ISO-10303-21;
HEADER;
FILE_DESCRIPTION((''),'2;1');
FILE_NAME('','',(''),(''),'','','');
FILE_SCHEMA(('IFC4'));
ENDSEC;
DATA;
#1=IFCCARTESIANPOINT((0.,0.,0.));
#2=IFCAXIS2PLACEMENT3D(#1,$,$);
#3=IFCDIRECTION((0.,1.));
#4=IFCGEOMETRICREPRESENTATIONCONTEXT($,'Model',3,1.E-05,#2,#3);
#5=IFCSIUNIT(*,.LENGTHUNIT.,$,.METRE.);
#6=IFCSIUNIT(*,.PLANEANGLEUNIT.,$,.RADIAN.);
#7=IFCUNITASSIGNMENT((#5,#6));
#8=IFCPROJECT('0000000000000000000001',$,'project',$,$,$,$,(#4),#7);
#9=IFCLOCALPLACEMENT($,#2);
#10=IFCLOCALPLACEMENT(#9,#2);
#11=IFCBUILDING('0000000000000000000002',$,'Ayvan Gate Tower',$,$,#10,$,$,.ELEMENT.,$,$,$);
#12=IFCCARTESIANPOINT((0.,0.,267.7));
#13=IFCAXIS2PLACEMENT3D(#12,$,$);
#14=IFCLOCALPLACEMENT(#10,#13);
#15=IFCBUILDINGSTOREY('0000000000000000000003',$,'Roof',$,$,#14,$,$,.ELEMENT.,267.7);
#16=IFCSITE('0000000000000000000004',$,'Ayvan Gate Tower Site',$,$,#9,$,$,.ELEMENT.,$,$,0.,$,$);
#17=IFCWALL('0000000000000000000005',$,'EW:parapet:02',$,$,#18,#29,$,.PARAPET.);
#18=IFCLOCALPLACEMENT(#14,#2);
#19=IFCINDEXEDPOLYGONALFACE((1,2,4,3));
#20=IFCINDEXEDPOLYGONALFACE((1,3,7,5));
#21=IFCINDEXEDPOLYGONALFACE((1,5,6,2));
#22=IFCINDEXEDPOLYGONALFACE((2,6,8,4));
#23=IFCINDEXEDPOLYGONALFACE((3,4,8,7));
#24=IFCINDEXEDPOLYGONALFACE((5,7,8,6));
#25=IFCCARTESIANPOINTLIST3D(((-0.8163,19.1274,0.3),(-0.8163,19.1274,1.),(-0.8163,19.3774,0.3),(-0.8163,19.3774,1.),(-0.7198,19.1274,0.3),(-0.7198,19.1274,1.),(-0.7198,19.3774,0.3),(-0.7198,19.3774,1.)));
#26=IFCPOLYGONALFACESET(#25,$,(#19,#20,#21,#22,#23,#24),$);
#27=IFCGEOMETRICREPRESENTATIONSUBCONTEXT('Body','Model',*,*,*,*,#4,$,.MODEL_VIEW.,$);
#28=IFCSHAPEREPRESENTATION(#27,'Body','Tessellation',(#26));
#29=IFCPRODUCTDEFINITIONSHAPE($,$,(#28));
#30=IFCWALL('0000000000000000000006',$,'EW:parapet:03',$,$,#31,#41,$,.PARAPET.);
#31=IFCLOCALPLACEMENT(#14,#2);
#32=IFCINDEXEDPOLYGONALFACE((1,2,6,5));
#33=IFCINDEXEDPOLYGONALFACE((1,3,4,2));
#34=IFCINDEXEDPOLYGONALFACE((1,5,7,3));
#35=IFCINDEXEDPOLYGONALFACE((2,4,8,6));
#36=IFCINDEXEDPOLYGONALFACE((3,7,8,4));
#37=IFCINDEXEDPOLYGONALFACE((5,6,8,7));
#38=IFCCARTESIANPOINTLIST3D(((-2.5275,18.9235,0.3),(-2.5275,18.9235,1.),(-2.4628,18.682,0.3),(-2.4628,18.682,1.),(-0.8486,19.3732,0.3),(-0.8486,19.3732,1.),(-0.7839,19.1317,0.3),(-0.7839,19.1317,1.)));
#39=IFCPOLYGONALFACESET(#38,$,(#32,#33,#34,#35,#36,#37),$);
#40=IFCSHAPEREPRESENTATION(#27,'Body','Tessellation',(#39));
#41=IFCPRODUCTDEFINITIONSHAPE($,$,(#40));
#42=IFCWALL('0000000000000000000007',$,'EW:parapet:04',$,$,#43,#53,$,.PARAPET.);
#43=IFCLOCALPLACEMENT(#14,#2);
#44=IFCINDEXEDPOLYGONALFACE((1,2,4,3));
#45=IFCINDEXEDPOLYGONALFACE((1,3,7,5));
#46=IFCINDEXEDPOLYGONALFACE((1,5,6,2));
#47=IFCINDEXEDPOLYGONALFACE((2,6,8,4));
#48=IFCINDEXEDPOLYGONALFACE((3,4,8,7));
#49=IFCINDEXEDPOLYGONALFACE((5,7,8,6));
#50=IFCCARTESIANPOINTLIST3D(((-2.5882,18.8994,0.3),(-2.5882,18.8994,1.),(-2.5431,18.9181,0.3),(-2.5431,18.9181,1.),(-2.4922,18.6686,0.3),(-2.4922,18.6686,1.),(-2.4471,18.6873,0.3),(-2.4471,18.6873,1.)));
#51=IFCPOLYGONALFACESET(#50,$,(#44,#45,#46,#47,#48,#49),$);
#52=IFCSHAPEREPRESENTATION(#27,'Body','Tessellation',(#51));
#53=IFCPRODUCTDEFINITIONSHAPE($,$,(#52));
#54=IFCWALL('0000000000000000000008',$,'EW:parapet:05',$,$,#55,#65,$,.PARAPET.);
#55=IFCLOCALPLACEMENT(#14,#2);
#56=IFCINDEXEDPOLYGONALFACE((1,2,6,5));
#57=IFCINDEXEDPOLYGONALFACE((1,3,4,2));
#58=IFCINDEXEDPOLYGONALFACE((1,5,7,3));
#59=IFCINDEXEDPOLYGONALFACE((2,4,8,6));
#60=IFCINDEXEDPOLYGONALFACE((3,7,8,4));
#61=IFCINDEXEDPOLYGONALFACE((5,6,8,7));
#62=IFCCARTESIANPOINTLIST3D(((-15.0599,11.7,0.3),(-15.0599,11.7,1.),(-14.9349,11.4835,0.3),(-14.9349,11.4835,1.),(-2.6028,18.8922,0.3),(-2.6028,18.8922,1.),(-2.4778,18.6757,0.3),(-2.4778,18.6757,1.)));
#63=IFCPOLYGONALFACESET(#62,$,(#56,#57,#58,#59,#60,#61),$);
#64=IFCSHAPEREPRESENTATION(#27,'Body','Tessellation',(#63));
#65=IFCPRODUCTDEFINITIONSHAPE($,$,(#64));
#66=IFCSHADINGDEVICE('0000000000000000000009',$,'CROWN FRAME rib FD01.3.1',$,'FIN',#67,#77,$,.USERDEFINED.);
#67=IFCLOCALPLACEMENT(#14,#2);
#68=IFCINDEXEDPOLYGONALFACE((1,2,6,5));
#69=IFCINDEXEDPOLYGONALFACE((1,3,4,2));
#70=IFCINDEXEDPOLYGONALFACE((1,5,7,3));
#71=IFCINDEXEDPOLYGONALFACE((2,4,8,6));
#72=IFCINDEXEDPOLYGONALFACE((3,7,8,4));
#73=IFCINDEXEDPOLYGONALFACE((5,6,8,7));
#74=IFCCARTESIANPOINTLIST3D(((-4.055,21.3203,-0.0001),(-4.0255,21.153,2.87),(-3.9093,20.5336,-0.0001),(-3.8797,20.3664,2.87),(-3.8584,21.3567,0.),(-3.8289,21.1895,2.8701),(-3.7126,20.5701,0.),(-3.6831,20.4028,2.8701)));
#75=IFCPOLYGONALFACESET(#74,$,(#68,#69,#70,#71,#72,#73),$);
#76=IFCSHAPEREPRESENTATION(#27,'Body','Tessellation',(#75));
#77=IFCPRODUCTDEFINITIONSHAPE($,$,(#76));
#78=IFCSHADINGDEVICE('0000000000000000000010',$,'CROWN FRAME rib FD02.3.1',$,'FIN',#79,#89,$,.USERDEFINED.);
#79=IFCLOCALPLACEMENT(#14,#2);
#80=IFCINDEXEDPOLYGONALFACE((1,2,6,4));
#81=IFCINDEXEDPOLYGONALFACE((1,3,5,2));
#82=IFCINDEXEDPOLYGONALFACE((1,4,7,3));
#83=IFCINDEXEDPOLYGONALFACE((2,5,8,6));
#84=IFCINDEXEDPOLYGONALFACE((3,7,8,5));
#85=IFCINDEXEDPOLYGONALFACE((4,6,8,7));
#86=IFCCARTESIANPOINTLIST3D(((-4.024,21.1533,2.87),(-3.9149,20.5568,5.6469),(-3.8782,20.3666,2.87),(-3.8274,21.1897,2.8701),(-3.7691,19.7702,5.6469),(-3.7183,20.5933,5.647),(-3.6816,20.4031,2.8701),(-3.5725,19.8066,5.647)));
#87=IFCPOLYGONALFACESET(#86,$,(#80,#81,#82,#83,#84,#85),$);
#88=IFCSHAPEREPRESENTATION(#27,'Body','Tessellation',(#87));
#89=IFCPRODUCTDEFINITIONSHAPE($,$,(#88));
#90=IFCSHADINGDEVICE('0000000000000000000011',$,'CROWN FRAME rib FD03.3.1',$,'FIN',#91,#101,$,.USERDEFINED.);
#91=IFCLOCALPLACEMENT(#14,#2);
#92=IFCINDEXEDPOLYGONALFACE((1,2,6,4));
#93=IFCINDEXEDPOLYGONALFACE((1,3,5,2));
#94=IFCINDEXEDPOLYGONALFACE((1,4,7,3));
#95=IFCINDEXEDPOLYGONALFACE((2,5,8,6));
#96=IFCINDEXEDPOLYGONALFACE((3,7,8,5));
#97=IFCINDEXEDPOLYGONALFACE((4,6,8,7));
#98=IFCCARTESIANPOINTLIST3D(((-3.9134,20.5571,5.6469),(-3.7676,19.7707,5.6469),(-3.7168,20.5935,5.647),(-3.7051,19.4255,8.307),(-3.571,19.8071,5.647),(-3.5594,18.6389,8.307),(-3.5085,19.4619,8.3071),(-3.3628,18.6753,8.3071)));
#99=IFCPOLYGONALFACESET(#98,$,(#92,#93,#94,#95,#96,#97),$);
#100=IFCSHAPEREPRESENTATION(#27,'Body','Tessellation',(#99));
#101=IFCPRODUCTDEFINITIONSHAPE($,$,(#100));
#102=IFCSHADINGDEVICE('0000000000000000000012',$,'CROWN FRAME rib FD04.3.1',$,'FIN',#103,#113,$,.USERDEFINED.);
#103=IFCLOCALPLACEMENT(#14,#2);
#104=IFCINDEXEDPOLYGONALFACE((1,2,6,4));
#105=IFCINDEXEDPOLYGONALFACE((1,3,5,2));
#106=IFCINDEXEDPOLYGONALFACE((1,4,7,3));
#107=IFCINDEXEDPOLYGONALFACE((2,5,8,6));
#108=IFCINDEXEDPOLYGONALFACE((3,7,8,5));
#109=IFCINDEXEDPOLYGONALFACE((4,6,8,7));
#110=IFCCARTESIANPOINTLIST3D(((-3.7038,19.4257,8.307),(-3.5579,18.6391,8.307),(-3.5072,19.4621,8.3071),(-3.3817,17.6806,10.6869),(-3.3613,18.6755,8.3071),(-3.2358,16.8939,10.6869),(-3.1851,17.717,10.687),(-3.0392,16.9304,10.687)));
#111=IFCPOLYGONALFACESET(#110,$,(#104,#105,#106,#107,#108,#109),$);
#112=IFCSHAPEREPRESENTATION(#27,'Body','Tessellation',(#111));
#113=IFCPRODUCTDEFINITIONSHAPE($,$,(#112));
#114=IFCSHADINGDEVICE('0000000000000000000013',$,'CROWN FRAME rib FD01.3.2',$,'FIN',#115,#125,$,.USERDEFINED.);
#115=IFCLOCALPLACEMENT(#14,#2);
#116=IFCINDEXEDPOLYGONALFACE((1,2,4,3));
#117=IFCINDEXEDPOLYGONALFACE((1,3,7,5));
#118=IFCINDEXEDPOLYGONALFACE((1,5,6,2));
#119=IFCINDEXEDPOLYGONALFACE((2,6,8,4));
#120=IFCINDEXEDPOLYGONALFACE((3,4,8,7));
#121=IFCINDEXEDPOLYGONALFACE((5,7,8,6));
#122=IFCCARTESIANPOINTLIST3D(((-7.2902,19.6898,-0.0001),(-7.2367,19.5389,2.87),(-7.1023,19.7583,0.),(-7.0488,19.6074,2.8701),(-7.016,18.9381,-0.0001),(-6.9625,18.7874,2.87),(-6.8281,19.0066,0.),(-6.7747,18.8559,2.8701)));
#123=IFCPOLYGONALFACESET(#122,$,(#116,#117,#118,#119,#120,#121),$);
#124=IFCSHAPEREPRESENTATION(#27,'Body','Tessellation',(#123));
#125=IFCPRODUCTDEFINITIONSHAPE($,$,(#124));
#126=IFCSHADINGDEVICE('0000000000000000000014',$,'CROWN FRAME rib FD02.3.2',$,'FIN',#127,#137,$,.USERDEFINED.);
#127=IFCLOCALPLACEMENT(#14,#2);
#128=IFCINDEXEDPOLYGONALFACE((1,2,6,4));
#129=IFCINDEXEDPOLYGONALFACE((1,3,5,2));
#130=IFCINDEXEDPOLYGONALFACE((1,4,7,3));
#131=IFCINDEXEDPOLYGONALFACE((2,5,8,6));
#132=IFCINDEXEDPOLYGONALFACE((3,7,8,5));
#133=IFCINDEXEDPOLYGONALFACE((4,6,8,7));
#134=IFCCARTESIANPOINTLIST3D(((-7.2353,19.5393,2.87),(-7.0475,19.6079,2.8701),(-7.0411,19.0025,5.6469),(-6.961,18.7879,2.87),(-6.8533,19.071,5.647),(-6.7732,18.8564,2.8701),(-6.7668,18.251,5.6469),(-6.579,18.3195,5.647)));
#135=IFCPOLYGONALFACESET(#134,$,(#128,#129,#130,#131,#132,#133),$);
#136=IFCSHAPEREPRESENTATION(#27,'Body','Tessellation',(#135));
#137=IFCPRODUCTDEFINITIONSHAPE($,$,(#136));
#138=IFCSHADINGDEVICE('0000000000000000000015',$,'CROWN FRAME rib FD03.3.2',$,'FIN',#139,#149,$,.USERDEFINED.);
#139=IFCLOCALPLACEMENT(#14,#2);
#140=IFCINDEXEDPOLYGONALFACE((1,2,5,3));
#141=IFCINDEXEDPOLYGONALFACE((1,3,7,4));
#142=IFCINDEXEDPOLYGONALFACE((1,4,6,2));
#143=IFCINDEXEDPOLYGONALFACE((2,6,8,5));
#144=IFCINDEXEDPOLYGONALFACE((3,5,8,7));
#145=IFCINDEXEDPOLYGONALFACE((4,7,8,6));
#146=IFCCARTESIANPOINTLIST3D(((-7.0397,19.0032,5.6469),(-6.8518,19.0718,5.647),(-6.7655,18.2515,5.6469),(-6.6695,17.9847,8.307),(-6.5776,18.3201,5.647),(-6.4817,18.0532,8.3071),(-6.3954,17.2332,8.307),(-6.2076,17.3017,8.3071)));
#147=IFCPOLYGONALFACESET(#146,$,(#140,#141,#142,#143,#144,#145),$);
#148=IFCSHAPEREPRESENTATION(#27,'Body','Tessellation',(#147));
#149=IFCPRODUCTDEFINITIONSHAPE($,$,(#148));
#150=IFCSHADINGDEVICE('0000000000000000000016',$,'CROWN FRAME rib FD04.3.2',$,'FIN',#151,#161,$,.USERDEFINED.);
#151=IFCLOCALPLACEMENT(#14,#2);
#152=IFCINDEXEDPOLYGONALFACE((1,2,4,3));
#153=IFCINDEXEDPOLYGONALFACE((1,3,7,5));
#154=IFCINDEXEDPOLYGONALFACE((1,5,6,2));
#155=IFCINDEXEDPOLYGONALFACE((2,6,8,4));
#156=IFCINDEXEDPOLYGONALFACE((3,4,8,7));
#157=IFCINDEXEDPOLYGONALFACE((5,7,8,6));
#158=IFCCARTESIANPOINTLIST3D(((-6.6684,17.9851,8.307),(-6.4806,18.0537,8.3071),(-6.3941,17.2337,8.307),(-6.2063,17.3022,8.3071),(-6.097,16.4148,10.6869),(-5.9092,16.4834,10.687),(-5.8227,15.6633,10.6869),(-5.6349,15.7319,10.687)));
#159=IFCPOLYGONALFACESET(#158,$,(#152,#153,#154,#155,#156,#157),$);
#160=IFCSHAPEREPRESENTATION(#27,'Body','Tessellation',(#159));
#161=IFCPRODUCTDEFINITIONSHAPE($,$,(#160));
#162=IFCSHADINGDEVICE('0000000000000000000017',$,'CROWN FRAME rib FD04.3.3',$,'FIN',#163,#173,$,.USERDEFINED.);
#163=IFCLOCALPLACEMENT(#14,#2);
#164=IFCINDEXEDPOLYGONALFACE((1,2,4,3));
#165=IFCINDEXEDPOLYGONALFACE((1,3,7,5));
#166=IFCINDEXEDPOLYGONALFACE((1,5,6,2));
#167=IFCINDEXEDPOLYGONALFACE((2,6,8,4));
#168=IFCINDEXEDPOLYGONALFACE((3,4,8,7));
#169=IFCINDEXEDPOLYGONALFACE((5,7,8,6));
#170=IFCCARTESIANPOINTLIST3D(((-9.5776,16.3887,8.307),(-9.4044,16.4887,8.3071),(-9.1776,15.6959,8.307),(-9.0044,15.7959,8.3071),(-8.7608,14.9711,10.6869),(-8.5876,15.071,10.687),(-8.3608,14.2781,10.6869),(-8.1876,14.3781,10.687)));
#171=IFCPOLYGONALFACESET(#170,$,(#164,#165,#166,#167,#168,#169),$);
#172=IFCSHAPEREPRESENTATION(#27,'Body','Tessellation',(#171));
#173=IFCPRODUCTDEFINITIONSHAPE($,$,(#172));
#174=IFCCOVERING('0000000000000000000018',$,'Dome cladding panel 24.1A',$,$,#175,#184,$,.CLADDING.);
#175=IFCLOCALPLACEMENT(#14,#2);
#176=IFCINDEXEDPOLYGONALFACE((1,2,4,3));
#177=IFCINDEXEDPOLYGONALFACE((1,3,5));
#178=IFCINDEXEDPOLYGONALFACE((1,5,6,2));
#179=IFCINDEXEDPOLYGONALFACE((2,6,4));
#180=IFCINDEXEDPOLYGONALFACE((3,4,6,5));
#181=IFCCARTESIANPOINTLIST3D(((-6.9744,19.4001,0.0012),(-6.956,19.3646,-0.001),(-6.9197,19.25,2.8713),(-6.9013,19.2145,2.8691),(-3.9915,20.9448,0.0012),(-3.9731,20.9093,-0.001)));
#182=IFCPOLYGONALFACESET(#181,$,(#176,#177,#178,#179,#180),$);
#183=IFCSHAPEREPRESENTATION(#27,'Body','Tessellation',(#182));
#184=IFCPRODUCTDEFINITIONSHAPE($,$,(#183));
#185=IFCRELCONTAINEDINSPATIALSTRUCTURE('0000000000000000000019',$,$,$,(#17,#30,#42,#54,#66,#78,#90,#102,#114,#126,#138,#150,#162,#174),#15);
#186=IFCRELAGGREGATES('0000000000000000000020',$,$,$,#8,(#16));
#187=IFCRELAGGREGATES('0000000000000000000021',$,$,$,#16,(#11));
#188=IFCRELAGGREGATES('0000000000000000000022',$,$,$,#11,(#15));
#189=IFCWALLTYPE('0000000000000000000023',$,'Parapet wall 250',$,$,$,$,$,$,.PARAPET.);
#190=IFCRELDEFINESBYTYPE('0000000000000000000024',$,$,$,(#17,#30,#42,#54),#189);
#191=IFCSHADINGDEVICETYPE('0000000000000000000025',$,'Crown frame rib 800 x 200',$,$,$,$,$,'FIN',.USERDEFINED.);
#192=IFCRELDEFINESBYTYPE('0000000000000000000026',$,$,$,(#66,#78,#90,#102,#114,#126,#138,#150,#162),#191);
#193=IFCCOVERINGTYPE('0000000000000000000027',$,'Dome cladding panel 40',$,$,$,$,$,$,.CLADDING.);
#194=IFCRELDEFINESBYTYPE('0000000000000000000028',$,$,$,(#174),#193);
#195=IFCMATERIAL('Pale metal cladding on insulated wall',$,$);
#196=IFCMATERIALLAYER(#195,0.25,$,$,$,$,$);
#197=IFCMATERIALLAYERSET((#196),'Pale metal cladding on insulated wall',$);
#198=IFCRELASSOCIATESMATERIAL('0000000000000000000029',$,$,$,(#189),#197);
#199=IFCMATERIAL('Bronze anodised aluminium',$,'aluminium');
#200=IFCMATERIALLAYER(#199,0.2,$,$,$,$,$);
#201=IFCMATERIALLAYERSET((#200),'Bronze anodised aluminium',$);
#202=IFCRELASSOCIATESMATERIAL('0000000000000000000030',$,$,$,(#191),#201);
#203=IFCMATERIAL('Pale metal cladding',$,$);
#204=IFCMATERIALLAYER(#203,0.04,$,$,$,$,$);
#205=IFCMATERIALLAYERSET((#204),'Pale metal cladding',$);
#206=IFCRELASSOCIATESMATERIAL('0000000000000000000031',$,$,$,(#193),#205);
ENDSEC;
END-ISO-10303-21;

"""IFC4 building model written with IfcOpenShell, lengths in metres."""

from ifc_helpers import new_model, si_unit, direction, frame, frame_2d, origin, place, context, subcontext, project, spatial, polyline, rectangle, outline, extrude, material, layer, layer_set, type_object, element, save


model = new_model("IFC4")

# Units and contexts
model_context = context("Model", 3, precision=1e-05, world=origin(), true_north=direction((0.0, 1.0)))
body_context = subcontext(model_context, "Body", "Model", "MODEL_VIEW")
ifc_project = project(units=[si_unit("LENGTHUNIT", "METRE"), si_unit("PLANEANGLEUNIT", "RADIAN")], contexts=[model_context])

# Site, building, storey
site_placement = place(None, origin())
site = spatial("IfcSite", under=ifc_project, at=site_placement, Name="Ayvan Gate Tower Site", CompositionType="ELEMENT", RefElevation=0.0)
building_placement = place(site_placement, origin())
building = spatial("IfcBuilding", under=site, at=building_placement, Name="Ayvan Gate Tower", CompositionType="ELEMENT")
storey_placement = place(building_placement, frame((0.0, 0.0, 267.7)))
storey = spatial("IfcBuildingStorey", under=building, at=storey_placement, Name="Roof", CompositionType="ELEMENT", Elevation=267.7)

# Walls
ifc_material_1 = material(Name="Pale metal cladding on insulated wall")
ifc_layer_1 = layer(ifc_material_1, 0.25)
ifc_layer_set_1 = layer_set([ifc_layer_1], Name="Pale metal cladding on insulated wall")
wall_type = type_object("IfcWallType", Name="Parapet wall 250", PredefinedType="PARAPET", material=ifc_layer_set_1)
wall_1_placement = place(storey_placement, frame((-0.7197, 19.2524, 0.3), z_axis=(0.0, 0.0, 1.0), x_axis=(-1.0, 0.0, 0.0)))
element("IfcWall", 1, at=wall_1_placement, inside=storey, type_object=wall_type, Name="EW:parapet:02", PredefinedType="PARAPET", context=body_context, shape_type="SweptSolid", body=[
    extrude(rectangle(XDim=0.0964, YDim=0.25, at=frame_2d((0.0483, 0.0))), origin(), (0.0, 0.0, 1.0), 0.7),
])
wall_2_placement = place(storey_placement, frame((-0.8162, 19.2524, 0.3), z_axis=(0.0, 0.0, 1.0), x_axis=(-0.96595, -0.258729, 0.0)))
element("IfcWall", 2, at=wall_2_placement, inside=storey, type_object=wall_type, Name="EW:parapet:03", PredefinedType="PARAPET", context=body_context, shape_type="SweptSolid", body=[
    extrude(rectangle(XDim=1.738, YDim=0.25, at=frame_2d((0.8691, 0.0))), origin(), (0.0, 0.0, 1.0), 0.7),
])
wall_3_placement = place(storey_placement, frame((-2.4951, 18.8027, 0.3), z_axis=(0.0, 0.0, 1.0), x_axis=(-0.923225, -0.384261, 0.0)))
element("IfcWall", 3, at=wall_3_placement, inside=storey, type_object=wall_type, Name="EW:parapet:04", PredefinedType="PARAPET", context=body_context, shape_type="SweptSolid", body=[
    extrude(rectangle(XDim=0.0488, YDim=0.25, at=frame_2d((0.0244, 0.0))), origin(), (0.0, 0.0, 1.0), 0.7),
])
wall_4_placement = place(storey_placement, frame((-2.5403, 18.7839, 0.3), z_axis=(0.0, 0.0, 1.0), x_axis=(-0.866023, -0.500004, 0.0)))
element("IfcWall", 4, at=wall_4_placement, inside=storey, type_object=wall_type, Name="EW:parapet:05", PredefinedType="PARAPET", context=body_context, shape_type="SweptSolid", body=[
    extrude(rectangle(XDim=14.3843, YDim=0.25, at=frame_2d((7.1921, 0.0))), origin(), (0.0, 0.0, 1.0), 0.7),
])

# Shading devices
ifc_material_2 = material(Name="Bronze anodised aluminium", Category="aluminium")
ifc_layer_2 = layer(ifc_material_2, 0.2)
ifc_layer_set_2 = layer_set([ifc_layer_2], Name="Bronze anodised aluminium")
shading_device_type = type_object("IfcShadingDeviceType", Name="Crown frame rib 800 x 200", ElementType="FIN", PredefinedType="USERDEFINED", material=ifc_layer_set_2)
shading_device_1_placement = place(storey_placement, frame((-3.7126, 20.5701, 0.0), z_axis=(0.983264, 0.182188, 0.000495), x_axis=(-0.182188, 0.983264, 0.0)))
element("IfcShadingDevice", 5, at=shading_device_1_placement, inside=storey, type_object=shading_device_type, Name="CROWN FRAME rib FD01.3.1", ObjectType="FIN", PredefinedType="USERDEFINED", context=body_context, shape_type="SweptSolid", body=[
    extrude(outline(polyline([(0.0, 0.0), (0.8, 0.0), (0.6302, 2.8701), (-0.1698, 2.8701), (0.0, 0.0)])), origin(), (0.0, 0.0, -1.0), 0.2),
])
shading_device_2_placement = place(storey_placement, frame((-3.6816, 20.4031, 2.8701), z_axis=(0.983264, 0.182188, 0.000489), x_axis=(-0.182188, 0.983264, 0.0)))
element("IfcShadingDevice", 6, at=shading_device_2_placement, inside=storey, type_object=shading_device_type, Name="CROWN FRAME rib FD02.3.1", ObjectType="FIN", PredefinedType="USERDEFINED", context=body_context, shape_type="SweptSolid", body=[
    extrude(outline(polyline([(0.0, 0.0), (0.8, 0.0), (0.1937, 2.7769), (-0.6063, 2.7769), (0.0, 0.0)])), origin(), (0.0, 0.0, -1.0), 0.2),
])
shading_device_3_placement = place(storey_placement, frame((-3.571, 19.8071, 5.647), z_axis=(0.983259, 0.182215, 0.000545), x_axis=(-0.182215, 0.983259, 0.0)))
element("IfcShadingDevice", 7, at=shading_device_3_placement, inside=storey, type_object=shading_device_type, Name="CROWN FRAME rib FD03.3.1", ObjectType="FIN", PredefinedType="USERDEFINED", context=body_context, shape_type="SweptSolid", body=[
    extrude(outline(polyline([(0.0, 0.0), (0.7998, 0.0), (-0.3508, 2.6602), (-1.1508, 2.6602), (0.0, 0.0)])), origin(), (0.0, 0.0, -1.0), 0.2),
])
shading_device_4_placement = place(storey_placement, frame((-3.3613, 18.6755, 8.3071), z_axis=(0.983236, 0.182335, 0.00061), x_axis=(-0.182335, 0.983236, 0.0)))
element("IfcShadingDevice", 8, at=shading_device_4_placement, inside=storey, type_object=shading_device_type, Name="CROWN FRAME rib FD04.3.1", ObjectType="FIN", PredefinedType="USERDEFINED", context=body_context, shape_type="SweptSolid", body=[
    extrude(outline(polyline([(0.0, 0.0), (0.8, 0.0), (-0.9746, 2.3799), (-1.7746, 2.3799), (0.0, 0.0)])), origin(), (0.0, 0.0, -1.0), 0.2),
])
shading_device_5_placement = place(storey_placement, frame((-6.8281, 19.0066, 0.0), z_axis=(0.939445, 0.342698, 0.0005), x_axis=(-0.342698, 0.939445, 0.0)))
element("IfcShadingDevice", 9, at=shading_device_5_placement, inside=storey, type_object=shading_device_type, Name="CROWN FRAME rib FD01.3.2", ObjectType="FIN", PredefinedType="USERDEFINED", context=body_context, shape_type="SweptSolid", body=[
    extrude(outline(polyline([(0.0, 0.0), (0.8001, 0.0), (0.6401, 2.8701), (-0.1598, 2.8701), (0.0, 0.0)])), origin(), (0.0, 0.0, -1.0), 0.2),
])
shading_device_6_placement = place(storey_placement, frame((-6.7732, 18.8564, 2.8701), z_axis=(0.939378, 0.342882, 0.000591), x_axis=(-0.342882, 0.939378, 0.0)))
element("IfcShadingDevice", 10, at=shading_device_6_placement, inside=storey, type_object=shading_device_type, Name="CROWN FRAME rib FD02.3.2", ObjectType="FIN", PredefinedType="USERDEFINED", context=body_context, shape_type="SweptSolid", body=[
    extrude(outline(polyline([(0.0, 0.0), (0.7999, 0.0), (0.229, 2.7769), (-0.571, 2.7769), (0.0, 0.0)])), origin(), (0.0, 0.0, -1.0), 0.2),
])
shading_device_7_placement = place(storey_placement, frame((-6.5776, 18.3201, 5.647), z_axis=(0.939445, 0.342698, 0.000493), x_axis=(-0.342698, 0.939445, 0.0)))
element("IfcShadingDevice", 11, at=shading_device_7_placement, inside=storey, type_object=shading_device_type, Name="CROWN FRAME rib FD03.3.2", ObjectType="FIN", PredefinedType="USERDEFINED", context=body_context, shape_type="SweptSolid", body=[
    extrude(outline(polyline([(0.0, 0.0), (0.8001, 0.0), (-0.2836, 2.6602), (-1.0835, 2.6602), (0.0, 0.0)])), origin(), (0.0, 0.0, -1.0), 0.2),
])
shading_device_8_placement = place(storey_placement, frame((-6.2063, 17.3022, 8.3071), z_axis=(0.939378, 0.342882, 0.000698), x_axis=(-0.342882, 0.939378, 0.0)))
element("IfcShadingDevice", 12, at=shading_device_8_placement, inside=storey, type_object=shading_device_type, Name="CROWN FRAME rib FD04.3.2", ObjectType="FIN", PredefinedType="USERDEFINED", context=body_context, shape_type="SweptSolid", body=[
    extrude(outline(polyline([(0.0, 0.0), (0.7999, 0.0), (-0.8711, 2.3799), (-1.6711, 2.3799), (0.0, 0.0)])), origin(), (0.0, 0.0, -1.0), 0.2),
])
shading_device_9_placement = place(storey_placement, frame((-9.0044, 15.7959, 8.3071), z_axis=(0.866028, 0.499995, 0.000634), x_axis=(-0.499995, 0.866028, 0.0)))
element("IfcShadingDevice", 13, at=shading_device_9_placement, inside=storey, type_object=shading_device_type, Name="CROWN FRAME rib FD04.3.3", ObjectType="FIN", PredefinedType="USERDEFINED", context=body_context, shape_type="SweptSolid", body=[
    extrude(outline(polyline([(0.0, 0.0), (0.8, 0.0), (-0.8361, 2.3799), (-1.6362, 2.3799), (0.0, 0.0)])), origin(), (0.0, 0.0, -1.0), 0.2),
])

# Covering
ifc_material_3 = material(Name="Pale metal cladding")
ifc_layer_3 = layer(ifc_material_3, 0.04)
ifc_layer_set_3 = layer_set([ifc_layer_3], Name="Pale metal cladding")
covering_type = type_object("IfcCoveringType", Name="Dome cladding panel 40", PredefinedType="CLADDING", material=ifc_layer_set_3)
covering_1_placement = place(storey_placement, frame((-3.9915, 20.9448, 0.0012), z_axis=(-0.459145, 0.886649, 0.055132), x_axis=(-0.888, -0.459844, 0.0)))
element("IfcCovering", 14, at=covering_1_placement, inside=storey, type_object=covering_type, Name="Dome cladding panel 24.1A", PredefinedType="CLADDING", context=body_context, shape_type="SweptSolid", body=[
    extrude(outline(polyline([(0.0, 0.0), (3.3591, 0.0), (3.3796, 2.8745), (0.0, 0.0)])), origin(), (0.0, 0.0, -1.0), 0.04),
])

save(model, "model.ifc")
